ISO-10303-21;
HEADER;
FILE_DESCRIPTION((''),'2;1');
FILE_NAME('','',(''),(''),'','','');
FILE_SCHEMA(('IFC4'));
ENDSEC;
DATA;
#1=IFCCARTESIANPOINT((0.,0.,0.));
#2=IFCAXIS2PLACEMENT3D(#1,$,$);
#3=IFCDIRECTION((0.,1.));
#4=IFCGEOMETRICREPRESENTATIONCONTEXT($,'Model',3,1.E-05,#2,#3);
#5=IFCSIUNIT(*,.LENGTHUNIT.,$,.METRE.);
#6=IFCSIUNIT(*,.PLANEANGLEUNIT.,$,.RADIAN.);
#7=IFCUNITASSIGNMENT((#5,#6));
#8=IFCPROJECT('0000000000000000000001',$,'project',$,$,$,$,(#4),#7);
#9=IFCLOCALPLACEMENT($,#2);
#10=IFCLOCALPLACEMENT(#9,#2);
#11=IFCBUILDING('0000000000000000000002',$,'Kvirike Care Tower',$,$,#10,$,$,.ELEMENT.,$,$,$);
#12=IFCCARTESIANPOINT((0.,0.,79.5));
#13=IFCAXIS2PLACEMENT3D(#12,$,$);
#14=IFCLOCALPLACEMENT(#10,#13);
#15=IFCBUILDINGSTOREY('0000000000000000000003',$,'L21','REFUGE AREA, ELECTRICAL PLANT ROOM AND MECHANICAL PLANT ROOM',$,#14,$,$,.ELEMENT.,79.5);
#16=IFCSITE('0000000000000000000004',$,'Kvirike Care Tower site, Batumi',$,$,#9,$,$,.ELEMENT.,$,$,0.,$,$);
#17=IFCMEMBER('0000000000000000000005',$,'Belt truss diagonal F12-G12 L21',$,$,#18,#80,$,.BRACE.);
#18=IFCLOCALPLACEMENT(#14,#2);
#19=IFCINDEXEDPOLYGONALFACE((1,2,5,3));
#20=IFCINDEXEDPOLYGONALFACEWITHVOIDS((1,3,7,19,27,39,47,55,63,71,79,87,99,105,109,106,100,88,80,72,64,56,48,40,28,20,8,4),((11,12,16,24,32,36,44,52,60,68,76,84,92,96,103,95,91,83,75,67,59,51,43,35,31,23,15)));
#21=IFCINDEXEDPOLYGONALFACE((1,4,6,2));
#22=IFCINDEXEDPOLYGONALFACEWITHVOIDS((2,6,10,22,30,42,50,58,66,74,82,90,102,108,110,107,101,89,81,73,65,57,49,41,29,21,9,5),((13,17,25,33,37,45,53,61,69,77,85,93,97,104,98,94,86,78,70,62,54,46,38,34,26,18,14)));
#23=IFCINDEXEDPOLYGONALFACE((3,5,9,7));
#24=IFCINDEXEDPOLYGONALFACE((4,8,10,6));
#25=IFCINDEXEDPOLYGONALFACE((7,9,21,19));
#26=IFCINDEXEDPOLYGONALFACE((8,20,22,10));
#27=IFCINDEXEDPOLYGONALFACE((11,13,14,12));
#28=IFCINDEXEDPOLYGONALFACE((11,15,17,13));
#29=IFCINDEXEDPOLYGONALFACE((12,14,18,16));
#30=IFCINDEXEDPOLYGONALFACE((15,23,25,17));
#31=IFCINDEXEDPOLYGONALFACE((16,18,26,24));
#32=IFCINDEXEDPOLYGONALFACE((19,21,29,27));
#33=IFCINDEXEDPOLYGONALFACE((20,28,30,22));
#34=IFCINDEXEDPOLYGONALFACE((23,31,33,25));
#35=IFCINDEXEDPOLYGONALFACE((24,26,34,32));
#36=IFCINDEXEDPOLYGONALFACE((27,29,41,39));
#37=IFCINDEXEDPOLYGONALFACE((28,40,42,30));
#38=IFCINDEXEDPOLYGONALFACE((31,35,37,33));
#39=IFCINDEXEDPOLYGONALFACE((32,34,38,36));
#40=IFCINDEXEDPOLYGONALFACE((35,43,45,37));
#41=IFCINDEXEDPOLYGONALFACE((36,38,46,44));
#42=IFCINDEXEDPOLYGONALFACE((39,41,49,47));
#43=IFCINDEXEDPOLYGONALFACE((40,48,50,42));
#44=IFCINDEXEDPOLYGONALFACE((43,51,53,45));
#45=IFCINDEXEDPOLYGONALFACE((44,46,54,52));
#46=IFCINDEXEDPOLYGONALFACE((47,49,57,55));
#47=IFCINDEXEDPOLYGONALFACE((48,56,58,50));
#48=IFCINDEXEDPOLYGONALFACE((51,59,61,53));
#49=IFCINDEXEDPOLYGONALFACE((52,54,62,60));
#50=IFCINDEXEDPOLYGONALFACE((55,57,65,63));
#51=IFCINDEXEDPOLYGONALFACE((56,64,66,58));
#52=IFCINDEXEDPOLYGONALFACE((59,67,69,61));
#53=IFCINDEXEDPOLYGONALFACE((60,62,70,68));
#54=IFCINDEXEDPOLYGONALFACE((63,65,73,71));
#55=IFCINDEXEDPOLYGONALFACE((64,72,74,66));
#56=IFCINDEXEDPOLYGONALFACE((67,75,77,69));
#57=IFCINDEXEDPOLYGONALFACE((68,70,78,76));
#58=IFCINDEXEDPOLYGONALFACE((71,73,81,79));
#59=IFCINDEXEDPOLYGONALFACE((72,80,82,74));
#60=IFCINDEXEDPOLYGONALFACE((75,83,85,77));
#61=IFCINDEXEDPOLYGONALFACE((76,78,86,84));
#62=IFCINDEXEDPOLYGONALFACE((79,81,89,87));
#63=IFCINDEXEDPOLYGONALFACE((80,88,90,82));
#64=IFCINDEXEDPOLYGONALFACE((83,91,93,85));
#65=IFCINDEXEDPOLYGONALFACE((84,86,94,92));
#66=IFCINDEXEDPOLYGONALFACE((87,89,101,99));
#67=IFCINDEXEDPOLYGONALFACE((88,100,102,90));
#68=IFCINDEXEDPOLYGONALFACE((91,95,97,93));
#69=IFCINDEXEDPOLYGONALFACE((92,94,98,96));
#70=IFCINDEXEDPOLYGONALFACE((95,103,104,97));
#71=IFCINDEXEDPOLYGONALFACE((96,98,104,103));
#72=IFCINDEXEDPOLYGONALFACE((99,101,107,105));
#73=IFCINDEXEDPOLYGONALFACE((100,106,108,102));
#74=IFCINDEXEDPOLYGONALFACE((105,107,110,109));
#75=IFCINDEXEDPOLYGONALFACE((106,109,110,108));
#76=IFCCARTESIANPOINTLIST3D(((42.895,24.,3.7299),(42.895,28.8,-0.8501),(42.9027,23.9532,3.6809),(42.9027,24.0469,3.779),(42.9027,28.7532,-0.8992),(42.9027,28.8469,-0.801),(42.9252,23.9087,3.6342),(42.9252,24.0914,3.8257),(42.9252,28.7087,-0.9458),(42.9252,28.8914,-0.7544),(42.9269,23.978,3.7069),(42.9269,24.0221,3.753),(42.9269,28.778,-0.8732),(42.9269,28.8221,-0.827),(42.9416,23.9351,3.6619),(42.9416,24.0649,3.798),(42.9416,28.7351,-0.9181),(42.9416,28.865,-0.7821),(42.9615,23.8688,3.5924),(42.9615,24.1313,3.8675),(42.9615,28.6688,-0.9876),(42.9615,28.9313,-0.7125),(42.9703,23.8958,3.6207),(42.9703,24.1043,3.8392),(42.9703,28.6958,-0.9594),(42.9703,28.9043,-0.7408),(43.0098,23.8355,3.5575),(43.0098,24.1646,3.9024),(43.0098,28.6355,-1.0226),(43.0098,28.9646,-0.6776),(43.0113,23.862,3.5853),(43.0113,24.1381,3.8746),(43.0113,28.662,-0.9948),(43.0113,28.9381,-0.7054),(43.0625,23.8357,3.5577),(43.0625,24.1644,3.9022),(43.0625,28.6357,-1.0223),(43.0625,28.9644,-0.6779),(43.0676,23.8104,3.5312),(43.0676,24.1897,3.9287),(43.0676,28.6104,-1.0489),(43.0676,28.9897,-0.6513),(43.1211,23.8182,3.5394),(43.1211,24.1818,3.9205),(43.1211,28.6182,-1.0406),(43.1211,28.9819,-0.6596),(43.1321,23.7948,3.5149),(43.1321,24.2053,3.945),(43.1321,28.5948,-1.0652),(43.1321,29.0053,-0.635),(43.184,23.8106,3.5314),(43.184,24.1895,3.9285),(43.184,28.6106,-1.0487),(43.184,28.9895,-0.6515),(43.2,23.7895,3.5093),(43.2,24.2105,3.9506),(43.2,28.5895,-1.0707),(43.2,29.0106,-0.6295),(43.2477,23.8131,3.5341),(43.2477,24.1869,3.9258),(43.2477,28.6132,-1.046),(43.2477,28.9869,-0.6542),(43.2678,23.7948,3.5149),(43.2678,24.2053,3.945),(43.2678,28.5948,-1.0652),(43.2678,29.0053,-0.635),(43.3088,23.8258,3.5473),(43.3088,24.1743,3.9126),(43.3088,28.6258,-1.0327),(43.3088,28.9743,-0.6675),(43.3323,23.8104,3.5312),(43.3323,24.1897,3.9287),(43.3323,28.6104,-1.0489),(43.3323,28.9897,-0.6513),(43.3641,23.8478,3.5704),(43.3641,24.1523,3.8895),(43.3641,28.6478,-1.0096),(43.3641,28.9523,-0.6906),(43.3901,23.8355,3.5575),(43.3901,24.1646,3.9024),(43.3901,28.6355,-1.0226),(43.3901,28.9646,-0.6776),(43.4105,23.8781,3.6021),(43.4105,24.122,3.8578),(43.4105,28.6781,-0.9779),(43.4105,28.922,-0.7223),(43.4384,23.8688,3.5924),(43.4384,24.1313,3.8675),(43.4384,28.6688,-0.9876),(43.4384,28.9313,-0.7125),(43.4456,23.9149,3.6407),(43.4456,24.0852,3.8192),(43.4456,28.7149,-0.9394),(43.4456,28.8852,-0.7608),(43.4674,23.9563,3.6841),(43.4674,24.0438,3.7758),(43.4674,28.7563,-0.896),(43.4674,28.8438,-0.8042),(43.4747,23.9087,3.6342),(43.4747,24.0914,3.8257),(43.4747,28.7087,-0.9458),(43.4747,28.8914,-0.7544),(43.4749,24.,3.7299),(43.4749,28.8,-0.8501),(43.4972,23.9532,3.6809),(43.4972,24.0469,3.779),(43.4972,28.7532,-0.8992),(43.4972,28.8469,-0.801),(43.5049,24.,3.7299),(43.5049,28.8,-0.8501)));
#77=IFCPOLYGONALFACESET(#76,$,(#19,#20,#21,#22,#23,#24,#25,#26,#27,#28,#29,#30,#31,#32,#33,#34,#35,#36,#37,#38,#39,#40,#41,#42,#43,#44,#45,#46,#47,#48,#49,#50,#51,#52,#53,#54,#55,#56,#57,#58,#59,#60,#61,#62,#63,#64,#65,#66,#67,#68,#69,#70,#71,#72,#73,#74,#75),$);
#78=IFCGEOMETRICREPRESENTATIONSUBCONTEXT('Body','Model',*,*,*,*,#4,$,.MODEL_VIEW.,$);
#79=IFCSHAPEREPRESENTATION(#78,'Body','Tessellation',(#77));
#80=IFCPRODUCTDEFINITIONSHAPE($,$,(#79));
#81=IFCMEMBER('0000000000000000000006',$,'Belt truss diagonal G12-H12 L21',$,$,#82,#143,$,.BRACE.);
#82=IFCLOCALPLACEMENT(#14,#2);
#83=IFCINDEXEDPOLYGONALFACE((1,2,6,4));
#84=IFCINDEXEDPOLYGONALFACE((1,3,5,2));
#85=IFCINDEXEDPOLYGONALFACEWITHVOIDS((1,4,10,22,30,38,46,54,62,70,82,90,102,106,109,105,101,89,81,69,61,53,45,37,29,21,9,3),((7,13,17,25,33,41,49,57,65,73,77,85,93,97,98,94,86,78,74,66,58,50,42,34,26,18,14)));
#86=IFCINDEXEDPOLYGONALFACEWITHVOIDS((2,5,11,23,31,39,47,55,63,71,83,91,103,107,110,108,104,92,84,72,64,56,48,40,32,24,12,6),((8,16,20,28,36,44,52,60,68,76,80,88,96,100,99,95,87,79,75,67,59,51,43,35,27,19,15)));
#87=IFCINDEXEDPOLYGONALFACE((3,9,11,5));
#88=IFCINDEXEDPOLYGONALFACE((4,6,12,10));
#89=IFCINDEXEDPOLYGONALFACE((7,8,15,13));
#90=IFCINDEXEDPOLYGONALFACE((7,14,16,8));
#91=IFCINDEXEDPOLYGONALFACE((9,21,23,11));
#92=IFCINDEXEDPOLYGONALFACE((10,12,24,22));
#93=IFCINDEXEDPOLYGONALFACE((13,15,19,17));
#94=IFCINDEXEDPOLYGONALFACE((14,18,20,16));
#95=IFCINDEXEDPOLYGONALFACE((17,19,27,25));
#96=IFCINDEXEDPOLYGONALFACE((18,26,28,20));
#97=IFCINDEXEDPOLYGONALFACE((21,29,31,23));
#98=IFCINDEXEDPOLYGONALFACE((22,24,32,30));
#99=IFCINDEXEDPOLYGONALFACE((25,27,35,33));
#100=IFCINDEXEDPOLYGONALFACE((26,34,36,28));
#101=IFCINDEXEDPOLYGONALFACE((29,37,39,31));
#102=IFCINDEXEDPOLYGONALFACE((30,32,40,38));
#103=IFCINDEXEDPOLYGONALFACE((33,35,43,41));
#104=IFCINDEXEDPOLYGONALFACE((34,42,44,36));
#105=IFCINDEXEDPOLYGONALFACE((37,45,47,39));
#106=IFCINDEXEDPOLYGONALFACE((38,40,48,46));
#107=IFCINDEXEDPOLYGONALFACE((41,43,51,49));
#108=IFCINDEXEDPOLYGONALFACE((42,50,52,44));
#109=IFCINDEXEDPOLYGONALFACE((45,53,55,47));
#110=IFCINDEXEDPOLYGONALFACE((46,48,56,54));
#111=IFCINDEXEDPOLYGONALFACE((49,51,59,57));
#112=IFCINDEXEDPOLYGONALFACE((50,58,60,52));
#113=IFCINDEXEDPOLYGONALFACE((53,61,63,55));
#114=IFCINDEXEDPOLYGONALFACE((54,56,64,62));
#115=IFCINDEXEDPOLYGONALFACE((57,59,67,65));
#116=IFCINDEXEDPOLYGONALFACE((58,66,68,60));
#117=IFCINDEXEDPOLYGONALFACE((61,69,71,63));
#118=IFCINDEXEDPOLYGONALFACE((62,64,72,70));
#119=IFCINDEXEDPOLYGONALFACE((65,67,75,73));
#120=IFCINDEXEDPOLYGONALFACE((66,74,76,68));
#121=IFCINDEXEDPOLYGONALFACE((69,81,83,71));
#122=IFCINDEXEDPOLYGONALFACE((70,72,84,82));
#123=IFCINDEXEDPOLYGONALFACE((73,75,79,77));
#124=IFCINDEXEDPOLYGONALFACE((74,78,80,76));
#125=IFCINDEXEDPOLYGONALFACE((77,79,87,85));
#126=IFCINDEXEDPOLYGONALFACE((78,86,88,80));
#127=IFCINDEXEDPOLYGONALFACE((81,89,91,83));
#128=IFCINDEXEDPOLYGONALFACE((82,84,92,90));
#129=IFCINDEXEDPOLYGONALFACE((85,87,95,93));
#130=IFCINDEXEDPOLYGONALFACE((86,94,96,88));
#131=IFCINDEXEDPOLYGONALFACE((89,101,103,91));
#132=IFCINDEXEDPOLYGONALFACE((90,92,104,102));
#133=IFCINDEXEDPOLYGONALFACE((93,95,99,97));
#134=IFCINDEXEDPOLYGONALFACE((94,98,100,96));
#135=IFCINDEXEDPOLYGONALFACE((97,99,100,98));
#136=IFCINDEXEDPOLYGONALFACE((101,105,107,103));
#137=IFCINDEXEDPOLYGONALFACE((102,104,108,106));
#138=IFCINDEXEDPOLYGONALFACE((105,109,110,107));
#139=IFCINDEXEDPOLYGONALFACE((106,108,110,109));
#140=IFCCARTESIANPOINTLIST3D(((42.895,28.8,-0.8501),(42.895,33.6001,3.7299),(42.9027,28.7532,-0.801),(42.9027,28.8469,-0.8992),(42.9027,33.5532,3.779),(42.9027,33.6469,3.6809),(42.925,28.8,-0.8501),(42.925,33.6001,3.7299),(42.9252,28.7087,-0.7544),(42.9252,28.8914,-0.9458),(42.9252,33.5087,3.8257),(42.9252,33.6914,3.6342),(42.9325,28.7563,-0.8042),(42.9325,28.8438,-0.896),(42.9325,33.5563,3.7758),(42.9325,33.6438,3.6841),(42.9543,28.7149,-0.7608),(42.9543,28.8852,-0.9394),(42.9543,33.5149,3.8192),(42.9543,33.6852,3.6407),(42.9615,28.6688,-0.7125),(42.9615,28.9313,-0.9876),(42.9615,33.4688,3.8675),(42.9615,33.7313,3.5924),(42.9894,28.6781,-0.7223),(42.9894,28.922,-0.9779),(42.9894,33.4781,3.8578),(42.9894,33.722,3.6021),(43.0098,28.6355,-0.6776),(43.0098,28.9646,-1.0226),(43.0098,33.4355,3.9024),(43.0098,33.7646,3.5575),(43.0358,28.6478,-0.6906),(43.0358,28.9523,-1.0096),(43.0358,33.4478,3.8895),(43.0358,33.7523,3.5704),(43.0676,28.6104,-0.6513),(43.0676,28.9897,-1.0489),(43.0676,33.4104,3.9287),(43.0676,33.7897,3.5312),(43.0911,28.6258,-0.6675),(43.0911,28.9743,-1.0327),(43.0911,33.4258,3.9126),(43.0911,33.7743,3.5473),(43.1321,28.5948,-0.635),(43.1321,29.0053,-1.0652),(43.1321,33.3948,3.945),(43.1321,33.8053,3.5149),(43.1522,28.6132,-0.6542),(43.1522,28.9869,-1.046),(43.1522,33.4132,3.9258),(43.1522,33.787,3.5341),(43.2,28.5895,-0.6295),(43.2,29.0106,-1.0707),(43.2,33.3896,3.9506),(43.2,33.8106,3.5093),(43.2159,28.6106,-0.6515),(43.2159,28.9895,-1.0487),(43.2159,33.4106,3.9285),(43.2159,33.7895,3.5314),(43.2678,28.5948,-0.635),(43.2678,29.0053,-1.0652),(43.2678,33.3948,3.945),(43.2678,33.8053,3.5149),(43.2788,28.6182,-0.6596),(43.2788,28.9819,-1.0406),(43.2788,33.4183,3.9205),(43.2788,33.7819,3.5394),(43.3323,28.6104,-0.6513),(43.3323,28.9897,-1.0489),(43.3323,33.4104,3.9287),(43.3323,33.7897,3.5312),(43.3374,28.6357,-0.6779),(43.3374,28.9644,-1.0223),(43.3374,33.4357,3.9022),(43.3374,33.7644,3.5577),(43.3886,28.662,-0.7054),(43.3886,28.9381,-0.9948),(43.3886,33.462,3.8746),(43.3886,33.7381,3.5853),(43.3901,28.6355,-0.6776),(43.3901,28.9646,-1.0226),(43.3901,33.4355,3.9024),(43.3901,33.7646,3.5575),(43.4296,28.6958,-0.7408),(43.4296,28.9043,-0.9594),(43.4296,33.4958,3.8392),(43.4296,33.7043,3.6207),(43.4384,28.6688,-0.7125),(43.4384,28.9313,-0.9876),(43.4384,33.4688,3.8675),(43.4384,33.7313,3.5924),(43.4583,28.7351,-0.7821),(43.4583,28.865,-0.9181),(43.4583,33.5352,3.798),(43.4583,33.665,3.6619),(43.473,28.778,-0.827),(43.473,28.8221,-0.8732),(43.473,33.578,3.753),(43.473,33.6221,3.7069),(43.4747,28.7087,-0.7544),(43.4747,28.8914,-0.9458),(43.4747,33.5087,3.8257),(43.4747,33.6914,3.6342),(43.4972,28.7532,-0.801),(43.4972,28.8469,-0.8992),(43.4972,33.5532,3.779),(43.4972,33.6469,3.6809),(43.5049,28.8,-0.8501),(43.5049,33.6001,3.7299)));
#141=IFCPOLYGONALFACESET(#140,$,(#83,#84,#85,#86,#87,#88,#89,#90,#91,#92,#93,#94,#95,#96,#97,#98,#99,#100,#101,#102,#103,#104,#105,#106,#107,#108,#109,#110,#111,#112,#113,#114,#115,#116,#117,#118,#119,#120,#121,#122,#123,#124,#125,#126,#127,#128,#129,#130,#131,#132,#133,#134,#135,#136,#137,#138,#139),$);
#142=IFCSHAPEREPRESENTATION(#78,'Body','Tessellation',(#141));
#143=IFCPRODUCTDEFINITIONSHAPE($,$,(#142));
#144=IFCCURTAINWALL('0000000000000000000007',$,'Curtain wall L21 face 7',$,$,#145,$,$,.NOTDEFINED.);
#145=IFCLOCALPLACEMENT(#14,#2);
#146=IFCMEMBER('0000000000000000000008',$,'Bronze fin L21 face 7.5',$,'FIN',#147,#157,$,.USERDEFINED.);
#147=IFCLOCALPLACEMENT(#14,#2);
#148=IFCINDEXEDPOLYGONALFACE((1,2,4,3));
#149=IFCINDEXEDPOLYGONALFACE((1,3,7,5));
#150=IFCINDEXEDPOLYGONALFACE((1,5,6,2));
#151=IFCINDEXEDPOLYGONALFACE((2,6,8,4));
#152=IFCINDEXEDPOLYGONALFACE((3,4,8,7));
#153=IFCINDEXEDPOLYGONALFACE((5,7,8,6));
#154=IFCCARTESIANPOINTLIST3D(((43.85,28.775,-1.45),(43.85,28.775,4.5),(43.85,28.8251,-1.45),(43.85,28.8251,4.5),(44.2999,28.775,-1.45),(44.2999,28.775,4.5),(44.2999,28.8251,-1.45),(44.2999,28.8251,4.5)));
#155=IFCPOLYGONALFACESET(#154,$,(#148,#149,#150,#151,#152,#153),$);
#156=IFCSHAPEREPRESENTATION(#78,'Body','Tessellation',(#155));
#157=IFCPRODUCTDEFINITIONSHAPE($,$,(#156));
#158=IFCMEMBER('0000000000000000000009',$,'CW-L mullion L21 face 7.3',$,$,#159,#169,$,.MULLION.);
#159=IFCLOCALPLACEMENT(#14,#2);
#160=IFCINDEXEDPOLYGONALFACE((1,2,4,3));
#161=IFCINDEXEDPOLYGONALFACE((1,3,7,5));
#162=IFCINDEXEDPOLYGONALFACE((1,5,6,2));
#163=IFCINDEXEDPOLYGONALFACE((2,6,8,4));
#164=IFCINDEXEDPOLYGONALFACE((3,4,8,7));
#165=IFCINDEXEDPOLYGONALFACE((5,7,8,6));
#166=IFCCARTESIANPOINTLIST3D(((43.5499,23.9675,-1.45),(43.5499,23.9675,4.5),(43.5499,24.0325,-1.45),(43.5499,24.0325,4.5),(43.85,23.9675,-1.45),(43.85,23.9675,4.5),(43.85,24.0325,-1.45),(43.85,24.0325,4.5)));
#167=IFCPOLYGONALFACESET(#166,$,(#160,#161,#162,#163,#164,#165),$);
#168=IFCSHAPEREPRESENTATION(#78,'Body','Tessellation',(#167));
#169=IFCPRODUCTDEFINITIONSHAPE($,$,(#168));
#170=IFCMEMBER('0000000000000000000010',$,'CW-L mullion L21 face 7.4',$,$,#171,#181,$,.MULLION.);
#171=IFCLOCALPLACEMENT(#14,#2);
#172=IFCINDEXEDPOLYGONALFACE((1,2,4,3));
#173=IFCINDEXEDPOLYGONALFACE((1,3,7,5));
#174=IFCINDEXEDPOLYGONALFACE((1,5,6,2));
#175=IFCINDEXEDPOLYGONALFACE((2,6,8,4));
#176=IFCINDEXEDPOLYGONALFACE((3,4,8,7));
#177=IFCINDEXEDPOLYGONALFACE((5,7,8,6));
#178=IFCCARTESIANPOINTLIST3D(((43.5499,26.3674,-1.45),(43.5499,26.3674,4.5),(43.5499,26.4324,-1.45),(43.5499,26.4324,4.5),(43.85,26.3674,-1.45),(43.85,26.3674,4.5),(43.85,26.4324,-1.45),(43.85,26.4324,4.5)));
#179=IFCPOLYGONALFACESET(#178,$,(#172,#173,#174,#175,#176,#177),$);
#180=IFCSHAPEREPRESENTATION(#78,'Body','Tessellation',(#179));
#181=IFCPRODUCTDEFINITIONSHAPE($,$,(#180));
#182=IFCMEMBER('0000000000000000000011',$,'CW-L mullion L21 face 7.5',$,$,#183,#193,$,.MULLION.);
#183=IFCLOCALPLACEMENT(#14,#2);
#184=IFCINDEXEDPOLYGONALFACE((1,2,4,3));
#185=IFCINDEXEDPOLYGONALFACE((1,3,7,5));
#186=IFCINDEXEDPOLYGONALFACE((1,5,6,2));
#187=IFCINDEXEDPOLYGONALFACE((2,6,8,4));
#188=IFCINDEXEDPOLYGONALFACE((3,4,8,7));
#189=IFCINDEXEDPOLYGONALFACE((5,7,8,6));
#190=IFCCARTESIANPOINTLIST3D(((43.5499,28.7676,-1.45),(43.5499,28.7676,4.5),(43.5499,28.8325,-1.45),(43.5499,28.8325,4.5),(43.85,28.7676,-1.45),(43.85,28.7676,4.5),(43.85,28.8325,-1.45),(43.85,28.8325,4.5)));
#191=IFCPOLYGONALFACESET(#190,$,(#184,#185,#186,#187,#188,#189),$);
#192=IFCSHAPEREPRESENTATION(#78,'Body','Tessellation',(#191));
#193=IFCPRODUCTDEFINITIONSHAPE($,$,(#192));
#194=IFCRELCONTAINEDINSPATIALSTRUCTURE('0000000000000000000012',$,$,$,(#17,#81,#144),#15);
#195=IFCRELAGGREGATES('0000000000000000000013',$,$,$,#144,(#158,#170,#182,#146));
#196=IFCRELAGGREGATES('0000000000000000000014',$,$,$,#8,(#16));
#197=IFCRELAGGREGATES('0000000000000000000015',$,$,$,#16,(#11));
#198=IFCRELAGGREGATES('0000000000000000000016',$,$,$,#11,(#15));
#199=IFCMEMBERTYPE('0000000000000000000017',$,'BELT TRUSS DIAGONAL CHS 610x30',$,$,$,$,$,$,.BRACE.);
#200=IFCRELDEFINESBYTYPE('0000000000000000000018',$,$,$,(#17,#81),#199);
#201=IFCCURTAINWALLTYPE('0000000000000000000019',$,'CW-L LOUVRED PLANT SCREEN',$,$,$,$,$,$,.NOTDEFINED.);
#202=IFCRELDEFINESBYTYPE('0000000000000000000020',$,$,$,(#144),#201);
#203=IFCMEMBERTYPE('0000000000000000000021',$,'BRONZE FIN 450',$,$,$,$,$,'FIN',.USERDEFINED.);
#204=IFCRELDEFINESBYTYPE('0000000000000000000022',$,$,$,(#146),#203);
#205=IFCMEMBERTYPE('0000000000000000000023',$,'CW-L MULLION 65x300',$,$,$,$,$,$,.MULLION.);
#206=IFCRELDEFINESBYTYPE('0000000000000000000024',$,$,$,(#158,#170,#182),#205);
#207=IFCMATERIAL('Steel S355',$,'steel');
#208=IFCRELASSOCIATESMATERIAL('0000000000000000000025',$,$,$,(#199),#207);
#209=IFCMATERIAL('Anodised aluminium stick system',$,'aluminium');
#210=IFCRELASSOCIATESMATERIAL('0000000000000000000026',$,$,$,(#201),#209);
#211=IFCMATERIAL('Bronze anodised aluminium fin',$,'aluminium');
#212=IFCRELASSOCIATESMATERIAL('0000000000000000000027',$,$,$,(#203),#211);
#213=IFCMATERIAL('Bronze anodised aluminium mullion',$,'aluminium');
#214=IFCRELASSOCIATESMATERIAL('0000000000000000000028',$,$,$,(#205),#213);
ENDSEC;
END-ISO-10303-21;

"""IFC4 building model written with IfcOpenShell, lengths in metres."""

from ifc_helpers import new_model, si_unit, direction, frame, origin, origin_2d, place, context, subcontext, project, spatial, rectangle, hollow_circle, extrude, material, material_profile, profile_set, type_object, element, aggregate, save


model = new_model("IFC4")

# Units and contexts
model_context = context("Model", 3, precision=1e-05, world=origin(), true_north=direction((0.0, 1.0)))
body_context = subcontext(model_context, "Body", "Model", "MODEL_VIEW")
ifc_project = project(units=[si_unit("LENGTHUNIT", "METRE"), si_unit("PLANEANGLEUNIT", "RADIAN")], contexts=[model_context])

# Site, building, storey
site_placement = place(None, origin())
site = spatial("IfcSite", under=ifc_project, at=site_placement, Name="Kvirike Care Tower site, Batumi", CompositionType="ELEMENT", RefElevation=0.0)
building_placement = place(site_placement, origin())
building = spatial("IfcBuilding", under=site, at=building_placement, Name="Kvirike Care Tower", CompositionType="ELEMENT")
storey_placement = place(building_placement, frame((0.0, 0.0, 79.5)))
storey = spatial("IfcBuildingStorey", under=building, at=storey_placement, Name="L21", Description="REFUGE AREA, ELECTRICAL PLANT ROOM AND MECHANICAL PLANT ROOM", CompositionType="ELEMENT", Elevation=79.5)

# Members
ifc_material_1 = material(Name="Steel S355", Category="steel")
ifc_material_profile_1 = material_profile(ifc_material_1, hollow_circle(Radius=0.3049, WallThickness=0.03, at=origin_2d()), Name="CHS 610x30")
ifc_profile_set_1 = profile_set([ifc_material_profile_1], Name="Steel S355")
member_type_1 = type_object("IfcMemberType", Name="BELT TRUSS DIAGONAL CHS 610x30", PredefinedType="BRACE", material=ifc_profile_set_1)
for number, where, z_axis, x_axis, name in (
    (1, (43.2, 28.8, -0.8501), (0.0, -0.72349, 0.690335), (1.0, 0.0, 0.0), "Belt truss diagonal F12-G12 L21"),
    (2, (43.2, 28.8, -0.8501), (0.0, 0.72349, 0.690335), (-1.0, 0.0, 0.0), "Belt truss diagonal G12-H12 L21"),
):
    element("IfcMember", number, at=place(storey_placement, frame(where, z_axis=z_axis, x_axis=x_axis)), inside=storey, type_object=member_type_1, Name=name, PredefinedType="BRACE", context=body_context, shape_type="SweptSolid", body=[
        extrude(hollow_circle(Radius=0.3049, WallThickness=0.03, at=origin_2d()), origin(), (0.0, 0.0, 1.0), 6.6345),
    ])

# Curtain wall, members
ifc_material_2 = material(Name="Anodised aluminium stick system", Category="aluminium")
curtain_wall_type = type_object("IfcCurtainWallType", Name="CW-L LOUVRED PLANT SCREEN", PredefinedType="NOTDEFINED", material=ifc_material_2)
curtain_wall_placement = place(storey_placement, origin())
curtain_wall = element("IfcCurtainWall", 3, at=curtain_wall_placement, inside=storey, type_object=curtain_wall_type, Name="Curtain wall L21 face 7", PredefinedType="NOTDEFINED")
ifc_material_3 = material(Name="Bronze anodised aluminium fin", Category="aluminium")
ifc_material_profile_2 = material_profile(ifc_material_3, rectangle(XDim=0.05, YDim=0.45, at=origin_2d()), Name="BRONZE FIN 450")
ifc_profile_set_2 = profile_set([ifc_material_profile_2], Name="Bronze anodised aluminium fin")
member_type_2 = type_object("IfcMemberType", Name="BRONZE FIN 450", ElementType="FIN", PredefinedType="USERDEFINED", material=ifc_profile_set_2)
member_1_placement = place(storey_placement, frame((44.075, 28.8, -1.45), z_axis=(0.0, 0.0, 1.0), x_axis=(0.0, 1.0, 0.0)))
member_1 = element("IfcMember", 4, at=member_1_placement, type_object=member_type_2, Name="Bronze fin L21 face 7.5", ObjectType="FIN", PredefinedType="USERDEFINED", context=body_context, shape_type="SweptSolid", body=[
    extrude(rectangle(XDim=0.05, YDim=0.45, at=origin_2d()), origin(), (0.0, 0.0, 1.0), 5.95),
])
ifc_material_4 = material(Name="Bronze anodised aluminium mullion", Category="aluminium")
ifc_material_profile_3 = material_profile(ifc_material_4, rectangle(XDim=0.0649, YDim=0.3, at=origin_2d()), Name="CW-L MULLION 65x300")
ifc_profile_set_3 = profile_set([ifc_material_profile_3], Name="Bronze anodised aluminium mullion")
member_type_3 = type_object("IfcMemberType", Name="CW-L MULLION 65x300", PredefinedType="MULLION", material=ifc_profile_set_3)
member_2_placement = place(storey_placement, frame((43.7, 24.0, -1.45), z_axis=(0.0, 0.0, 1.0), x_axis=(0.0, 1.0, 0.0)))
member_2 = element("IfcMember", 5, at=member_2_placement, type_object=member_type_3, Name="CW-L mullion L21 face 7.3", PredefinedType="MULLION", context=body_context, shape_type="SweptSolid", body=[
    extrude(rectangle(XDim=0.0649, YDim=0.3, at=origin_2d()), origin(), (0.0, 0.0, 1.0), 5.95),
])
member_3_placement = place(storey_placement, frame((43.7, 26.3999, -1.45), z_axis=(0.0, 0.0, 1.0), x_axis=(0.0, 1.0, 0.0)))
member_3 = element("IfcMember", 6, at=member_3_placement, type_object=member_type_3, Name="CW-L mullion L21 face 7.4", PredefinedType="MULLION", context=body_context, shape_type="SweptSolid", body=[
    extrude(rectangle(XDim=0.0649, YDim=0.3, at=origin_2d()), origin(), (0.0, 0.0, 1.0), 5.95),
])
member_4_placement = place(storey_placement, frame((43.7, 28.8, -1.45), z_axis=(0.0, 0.0, 1.0), x_axis=(0.0, 1.0, 0.0)))
member_4 = element("IfcMember", 7, at=member_4_placement, type_object=member_type_3, Name="CW-L mullion L21 face 7.5", PredefinedType="MULLION", context=body_context, shape_type="SweptSolid", body=[
    extrude(rectangle(XDim=0.0649, YDim=0.3, at=origin_2d()), origin(), (0.0, 0.0, 1.0), 5.95),
])

aggregate(curtain_wall, [member_2, member_3, member_4, member_1])

save(model, "model.ifc")
